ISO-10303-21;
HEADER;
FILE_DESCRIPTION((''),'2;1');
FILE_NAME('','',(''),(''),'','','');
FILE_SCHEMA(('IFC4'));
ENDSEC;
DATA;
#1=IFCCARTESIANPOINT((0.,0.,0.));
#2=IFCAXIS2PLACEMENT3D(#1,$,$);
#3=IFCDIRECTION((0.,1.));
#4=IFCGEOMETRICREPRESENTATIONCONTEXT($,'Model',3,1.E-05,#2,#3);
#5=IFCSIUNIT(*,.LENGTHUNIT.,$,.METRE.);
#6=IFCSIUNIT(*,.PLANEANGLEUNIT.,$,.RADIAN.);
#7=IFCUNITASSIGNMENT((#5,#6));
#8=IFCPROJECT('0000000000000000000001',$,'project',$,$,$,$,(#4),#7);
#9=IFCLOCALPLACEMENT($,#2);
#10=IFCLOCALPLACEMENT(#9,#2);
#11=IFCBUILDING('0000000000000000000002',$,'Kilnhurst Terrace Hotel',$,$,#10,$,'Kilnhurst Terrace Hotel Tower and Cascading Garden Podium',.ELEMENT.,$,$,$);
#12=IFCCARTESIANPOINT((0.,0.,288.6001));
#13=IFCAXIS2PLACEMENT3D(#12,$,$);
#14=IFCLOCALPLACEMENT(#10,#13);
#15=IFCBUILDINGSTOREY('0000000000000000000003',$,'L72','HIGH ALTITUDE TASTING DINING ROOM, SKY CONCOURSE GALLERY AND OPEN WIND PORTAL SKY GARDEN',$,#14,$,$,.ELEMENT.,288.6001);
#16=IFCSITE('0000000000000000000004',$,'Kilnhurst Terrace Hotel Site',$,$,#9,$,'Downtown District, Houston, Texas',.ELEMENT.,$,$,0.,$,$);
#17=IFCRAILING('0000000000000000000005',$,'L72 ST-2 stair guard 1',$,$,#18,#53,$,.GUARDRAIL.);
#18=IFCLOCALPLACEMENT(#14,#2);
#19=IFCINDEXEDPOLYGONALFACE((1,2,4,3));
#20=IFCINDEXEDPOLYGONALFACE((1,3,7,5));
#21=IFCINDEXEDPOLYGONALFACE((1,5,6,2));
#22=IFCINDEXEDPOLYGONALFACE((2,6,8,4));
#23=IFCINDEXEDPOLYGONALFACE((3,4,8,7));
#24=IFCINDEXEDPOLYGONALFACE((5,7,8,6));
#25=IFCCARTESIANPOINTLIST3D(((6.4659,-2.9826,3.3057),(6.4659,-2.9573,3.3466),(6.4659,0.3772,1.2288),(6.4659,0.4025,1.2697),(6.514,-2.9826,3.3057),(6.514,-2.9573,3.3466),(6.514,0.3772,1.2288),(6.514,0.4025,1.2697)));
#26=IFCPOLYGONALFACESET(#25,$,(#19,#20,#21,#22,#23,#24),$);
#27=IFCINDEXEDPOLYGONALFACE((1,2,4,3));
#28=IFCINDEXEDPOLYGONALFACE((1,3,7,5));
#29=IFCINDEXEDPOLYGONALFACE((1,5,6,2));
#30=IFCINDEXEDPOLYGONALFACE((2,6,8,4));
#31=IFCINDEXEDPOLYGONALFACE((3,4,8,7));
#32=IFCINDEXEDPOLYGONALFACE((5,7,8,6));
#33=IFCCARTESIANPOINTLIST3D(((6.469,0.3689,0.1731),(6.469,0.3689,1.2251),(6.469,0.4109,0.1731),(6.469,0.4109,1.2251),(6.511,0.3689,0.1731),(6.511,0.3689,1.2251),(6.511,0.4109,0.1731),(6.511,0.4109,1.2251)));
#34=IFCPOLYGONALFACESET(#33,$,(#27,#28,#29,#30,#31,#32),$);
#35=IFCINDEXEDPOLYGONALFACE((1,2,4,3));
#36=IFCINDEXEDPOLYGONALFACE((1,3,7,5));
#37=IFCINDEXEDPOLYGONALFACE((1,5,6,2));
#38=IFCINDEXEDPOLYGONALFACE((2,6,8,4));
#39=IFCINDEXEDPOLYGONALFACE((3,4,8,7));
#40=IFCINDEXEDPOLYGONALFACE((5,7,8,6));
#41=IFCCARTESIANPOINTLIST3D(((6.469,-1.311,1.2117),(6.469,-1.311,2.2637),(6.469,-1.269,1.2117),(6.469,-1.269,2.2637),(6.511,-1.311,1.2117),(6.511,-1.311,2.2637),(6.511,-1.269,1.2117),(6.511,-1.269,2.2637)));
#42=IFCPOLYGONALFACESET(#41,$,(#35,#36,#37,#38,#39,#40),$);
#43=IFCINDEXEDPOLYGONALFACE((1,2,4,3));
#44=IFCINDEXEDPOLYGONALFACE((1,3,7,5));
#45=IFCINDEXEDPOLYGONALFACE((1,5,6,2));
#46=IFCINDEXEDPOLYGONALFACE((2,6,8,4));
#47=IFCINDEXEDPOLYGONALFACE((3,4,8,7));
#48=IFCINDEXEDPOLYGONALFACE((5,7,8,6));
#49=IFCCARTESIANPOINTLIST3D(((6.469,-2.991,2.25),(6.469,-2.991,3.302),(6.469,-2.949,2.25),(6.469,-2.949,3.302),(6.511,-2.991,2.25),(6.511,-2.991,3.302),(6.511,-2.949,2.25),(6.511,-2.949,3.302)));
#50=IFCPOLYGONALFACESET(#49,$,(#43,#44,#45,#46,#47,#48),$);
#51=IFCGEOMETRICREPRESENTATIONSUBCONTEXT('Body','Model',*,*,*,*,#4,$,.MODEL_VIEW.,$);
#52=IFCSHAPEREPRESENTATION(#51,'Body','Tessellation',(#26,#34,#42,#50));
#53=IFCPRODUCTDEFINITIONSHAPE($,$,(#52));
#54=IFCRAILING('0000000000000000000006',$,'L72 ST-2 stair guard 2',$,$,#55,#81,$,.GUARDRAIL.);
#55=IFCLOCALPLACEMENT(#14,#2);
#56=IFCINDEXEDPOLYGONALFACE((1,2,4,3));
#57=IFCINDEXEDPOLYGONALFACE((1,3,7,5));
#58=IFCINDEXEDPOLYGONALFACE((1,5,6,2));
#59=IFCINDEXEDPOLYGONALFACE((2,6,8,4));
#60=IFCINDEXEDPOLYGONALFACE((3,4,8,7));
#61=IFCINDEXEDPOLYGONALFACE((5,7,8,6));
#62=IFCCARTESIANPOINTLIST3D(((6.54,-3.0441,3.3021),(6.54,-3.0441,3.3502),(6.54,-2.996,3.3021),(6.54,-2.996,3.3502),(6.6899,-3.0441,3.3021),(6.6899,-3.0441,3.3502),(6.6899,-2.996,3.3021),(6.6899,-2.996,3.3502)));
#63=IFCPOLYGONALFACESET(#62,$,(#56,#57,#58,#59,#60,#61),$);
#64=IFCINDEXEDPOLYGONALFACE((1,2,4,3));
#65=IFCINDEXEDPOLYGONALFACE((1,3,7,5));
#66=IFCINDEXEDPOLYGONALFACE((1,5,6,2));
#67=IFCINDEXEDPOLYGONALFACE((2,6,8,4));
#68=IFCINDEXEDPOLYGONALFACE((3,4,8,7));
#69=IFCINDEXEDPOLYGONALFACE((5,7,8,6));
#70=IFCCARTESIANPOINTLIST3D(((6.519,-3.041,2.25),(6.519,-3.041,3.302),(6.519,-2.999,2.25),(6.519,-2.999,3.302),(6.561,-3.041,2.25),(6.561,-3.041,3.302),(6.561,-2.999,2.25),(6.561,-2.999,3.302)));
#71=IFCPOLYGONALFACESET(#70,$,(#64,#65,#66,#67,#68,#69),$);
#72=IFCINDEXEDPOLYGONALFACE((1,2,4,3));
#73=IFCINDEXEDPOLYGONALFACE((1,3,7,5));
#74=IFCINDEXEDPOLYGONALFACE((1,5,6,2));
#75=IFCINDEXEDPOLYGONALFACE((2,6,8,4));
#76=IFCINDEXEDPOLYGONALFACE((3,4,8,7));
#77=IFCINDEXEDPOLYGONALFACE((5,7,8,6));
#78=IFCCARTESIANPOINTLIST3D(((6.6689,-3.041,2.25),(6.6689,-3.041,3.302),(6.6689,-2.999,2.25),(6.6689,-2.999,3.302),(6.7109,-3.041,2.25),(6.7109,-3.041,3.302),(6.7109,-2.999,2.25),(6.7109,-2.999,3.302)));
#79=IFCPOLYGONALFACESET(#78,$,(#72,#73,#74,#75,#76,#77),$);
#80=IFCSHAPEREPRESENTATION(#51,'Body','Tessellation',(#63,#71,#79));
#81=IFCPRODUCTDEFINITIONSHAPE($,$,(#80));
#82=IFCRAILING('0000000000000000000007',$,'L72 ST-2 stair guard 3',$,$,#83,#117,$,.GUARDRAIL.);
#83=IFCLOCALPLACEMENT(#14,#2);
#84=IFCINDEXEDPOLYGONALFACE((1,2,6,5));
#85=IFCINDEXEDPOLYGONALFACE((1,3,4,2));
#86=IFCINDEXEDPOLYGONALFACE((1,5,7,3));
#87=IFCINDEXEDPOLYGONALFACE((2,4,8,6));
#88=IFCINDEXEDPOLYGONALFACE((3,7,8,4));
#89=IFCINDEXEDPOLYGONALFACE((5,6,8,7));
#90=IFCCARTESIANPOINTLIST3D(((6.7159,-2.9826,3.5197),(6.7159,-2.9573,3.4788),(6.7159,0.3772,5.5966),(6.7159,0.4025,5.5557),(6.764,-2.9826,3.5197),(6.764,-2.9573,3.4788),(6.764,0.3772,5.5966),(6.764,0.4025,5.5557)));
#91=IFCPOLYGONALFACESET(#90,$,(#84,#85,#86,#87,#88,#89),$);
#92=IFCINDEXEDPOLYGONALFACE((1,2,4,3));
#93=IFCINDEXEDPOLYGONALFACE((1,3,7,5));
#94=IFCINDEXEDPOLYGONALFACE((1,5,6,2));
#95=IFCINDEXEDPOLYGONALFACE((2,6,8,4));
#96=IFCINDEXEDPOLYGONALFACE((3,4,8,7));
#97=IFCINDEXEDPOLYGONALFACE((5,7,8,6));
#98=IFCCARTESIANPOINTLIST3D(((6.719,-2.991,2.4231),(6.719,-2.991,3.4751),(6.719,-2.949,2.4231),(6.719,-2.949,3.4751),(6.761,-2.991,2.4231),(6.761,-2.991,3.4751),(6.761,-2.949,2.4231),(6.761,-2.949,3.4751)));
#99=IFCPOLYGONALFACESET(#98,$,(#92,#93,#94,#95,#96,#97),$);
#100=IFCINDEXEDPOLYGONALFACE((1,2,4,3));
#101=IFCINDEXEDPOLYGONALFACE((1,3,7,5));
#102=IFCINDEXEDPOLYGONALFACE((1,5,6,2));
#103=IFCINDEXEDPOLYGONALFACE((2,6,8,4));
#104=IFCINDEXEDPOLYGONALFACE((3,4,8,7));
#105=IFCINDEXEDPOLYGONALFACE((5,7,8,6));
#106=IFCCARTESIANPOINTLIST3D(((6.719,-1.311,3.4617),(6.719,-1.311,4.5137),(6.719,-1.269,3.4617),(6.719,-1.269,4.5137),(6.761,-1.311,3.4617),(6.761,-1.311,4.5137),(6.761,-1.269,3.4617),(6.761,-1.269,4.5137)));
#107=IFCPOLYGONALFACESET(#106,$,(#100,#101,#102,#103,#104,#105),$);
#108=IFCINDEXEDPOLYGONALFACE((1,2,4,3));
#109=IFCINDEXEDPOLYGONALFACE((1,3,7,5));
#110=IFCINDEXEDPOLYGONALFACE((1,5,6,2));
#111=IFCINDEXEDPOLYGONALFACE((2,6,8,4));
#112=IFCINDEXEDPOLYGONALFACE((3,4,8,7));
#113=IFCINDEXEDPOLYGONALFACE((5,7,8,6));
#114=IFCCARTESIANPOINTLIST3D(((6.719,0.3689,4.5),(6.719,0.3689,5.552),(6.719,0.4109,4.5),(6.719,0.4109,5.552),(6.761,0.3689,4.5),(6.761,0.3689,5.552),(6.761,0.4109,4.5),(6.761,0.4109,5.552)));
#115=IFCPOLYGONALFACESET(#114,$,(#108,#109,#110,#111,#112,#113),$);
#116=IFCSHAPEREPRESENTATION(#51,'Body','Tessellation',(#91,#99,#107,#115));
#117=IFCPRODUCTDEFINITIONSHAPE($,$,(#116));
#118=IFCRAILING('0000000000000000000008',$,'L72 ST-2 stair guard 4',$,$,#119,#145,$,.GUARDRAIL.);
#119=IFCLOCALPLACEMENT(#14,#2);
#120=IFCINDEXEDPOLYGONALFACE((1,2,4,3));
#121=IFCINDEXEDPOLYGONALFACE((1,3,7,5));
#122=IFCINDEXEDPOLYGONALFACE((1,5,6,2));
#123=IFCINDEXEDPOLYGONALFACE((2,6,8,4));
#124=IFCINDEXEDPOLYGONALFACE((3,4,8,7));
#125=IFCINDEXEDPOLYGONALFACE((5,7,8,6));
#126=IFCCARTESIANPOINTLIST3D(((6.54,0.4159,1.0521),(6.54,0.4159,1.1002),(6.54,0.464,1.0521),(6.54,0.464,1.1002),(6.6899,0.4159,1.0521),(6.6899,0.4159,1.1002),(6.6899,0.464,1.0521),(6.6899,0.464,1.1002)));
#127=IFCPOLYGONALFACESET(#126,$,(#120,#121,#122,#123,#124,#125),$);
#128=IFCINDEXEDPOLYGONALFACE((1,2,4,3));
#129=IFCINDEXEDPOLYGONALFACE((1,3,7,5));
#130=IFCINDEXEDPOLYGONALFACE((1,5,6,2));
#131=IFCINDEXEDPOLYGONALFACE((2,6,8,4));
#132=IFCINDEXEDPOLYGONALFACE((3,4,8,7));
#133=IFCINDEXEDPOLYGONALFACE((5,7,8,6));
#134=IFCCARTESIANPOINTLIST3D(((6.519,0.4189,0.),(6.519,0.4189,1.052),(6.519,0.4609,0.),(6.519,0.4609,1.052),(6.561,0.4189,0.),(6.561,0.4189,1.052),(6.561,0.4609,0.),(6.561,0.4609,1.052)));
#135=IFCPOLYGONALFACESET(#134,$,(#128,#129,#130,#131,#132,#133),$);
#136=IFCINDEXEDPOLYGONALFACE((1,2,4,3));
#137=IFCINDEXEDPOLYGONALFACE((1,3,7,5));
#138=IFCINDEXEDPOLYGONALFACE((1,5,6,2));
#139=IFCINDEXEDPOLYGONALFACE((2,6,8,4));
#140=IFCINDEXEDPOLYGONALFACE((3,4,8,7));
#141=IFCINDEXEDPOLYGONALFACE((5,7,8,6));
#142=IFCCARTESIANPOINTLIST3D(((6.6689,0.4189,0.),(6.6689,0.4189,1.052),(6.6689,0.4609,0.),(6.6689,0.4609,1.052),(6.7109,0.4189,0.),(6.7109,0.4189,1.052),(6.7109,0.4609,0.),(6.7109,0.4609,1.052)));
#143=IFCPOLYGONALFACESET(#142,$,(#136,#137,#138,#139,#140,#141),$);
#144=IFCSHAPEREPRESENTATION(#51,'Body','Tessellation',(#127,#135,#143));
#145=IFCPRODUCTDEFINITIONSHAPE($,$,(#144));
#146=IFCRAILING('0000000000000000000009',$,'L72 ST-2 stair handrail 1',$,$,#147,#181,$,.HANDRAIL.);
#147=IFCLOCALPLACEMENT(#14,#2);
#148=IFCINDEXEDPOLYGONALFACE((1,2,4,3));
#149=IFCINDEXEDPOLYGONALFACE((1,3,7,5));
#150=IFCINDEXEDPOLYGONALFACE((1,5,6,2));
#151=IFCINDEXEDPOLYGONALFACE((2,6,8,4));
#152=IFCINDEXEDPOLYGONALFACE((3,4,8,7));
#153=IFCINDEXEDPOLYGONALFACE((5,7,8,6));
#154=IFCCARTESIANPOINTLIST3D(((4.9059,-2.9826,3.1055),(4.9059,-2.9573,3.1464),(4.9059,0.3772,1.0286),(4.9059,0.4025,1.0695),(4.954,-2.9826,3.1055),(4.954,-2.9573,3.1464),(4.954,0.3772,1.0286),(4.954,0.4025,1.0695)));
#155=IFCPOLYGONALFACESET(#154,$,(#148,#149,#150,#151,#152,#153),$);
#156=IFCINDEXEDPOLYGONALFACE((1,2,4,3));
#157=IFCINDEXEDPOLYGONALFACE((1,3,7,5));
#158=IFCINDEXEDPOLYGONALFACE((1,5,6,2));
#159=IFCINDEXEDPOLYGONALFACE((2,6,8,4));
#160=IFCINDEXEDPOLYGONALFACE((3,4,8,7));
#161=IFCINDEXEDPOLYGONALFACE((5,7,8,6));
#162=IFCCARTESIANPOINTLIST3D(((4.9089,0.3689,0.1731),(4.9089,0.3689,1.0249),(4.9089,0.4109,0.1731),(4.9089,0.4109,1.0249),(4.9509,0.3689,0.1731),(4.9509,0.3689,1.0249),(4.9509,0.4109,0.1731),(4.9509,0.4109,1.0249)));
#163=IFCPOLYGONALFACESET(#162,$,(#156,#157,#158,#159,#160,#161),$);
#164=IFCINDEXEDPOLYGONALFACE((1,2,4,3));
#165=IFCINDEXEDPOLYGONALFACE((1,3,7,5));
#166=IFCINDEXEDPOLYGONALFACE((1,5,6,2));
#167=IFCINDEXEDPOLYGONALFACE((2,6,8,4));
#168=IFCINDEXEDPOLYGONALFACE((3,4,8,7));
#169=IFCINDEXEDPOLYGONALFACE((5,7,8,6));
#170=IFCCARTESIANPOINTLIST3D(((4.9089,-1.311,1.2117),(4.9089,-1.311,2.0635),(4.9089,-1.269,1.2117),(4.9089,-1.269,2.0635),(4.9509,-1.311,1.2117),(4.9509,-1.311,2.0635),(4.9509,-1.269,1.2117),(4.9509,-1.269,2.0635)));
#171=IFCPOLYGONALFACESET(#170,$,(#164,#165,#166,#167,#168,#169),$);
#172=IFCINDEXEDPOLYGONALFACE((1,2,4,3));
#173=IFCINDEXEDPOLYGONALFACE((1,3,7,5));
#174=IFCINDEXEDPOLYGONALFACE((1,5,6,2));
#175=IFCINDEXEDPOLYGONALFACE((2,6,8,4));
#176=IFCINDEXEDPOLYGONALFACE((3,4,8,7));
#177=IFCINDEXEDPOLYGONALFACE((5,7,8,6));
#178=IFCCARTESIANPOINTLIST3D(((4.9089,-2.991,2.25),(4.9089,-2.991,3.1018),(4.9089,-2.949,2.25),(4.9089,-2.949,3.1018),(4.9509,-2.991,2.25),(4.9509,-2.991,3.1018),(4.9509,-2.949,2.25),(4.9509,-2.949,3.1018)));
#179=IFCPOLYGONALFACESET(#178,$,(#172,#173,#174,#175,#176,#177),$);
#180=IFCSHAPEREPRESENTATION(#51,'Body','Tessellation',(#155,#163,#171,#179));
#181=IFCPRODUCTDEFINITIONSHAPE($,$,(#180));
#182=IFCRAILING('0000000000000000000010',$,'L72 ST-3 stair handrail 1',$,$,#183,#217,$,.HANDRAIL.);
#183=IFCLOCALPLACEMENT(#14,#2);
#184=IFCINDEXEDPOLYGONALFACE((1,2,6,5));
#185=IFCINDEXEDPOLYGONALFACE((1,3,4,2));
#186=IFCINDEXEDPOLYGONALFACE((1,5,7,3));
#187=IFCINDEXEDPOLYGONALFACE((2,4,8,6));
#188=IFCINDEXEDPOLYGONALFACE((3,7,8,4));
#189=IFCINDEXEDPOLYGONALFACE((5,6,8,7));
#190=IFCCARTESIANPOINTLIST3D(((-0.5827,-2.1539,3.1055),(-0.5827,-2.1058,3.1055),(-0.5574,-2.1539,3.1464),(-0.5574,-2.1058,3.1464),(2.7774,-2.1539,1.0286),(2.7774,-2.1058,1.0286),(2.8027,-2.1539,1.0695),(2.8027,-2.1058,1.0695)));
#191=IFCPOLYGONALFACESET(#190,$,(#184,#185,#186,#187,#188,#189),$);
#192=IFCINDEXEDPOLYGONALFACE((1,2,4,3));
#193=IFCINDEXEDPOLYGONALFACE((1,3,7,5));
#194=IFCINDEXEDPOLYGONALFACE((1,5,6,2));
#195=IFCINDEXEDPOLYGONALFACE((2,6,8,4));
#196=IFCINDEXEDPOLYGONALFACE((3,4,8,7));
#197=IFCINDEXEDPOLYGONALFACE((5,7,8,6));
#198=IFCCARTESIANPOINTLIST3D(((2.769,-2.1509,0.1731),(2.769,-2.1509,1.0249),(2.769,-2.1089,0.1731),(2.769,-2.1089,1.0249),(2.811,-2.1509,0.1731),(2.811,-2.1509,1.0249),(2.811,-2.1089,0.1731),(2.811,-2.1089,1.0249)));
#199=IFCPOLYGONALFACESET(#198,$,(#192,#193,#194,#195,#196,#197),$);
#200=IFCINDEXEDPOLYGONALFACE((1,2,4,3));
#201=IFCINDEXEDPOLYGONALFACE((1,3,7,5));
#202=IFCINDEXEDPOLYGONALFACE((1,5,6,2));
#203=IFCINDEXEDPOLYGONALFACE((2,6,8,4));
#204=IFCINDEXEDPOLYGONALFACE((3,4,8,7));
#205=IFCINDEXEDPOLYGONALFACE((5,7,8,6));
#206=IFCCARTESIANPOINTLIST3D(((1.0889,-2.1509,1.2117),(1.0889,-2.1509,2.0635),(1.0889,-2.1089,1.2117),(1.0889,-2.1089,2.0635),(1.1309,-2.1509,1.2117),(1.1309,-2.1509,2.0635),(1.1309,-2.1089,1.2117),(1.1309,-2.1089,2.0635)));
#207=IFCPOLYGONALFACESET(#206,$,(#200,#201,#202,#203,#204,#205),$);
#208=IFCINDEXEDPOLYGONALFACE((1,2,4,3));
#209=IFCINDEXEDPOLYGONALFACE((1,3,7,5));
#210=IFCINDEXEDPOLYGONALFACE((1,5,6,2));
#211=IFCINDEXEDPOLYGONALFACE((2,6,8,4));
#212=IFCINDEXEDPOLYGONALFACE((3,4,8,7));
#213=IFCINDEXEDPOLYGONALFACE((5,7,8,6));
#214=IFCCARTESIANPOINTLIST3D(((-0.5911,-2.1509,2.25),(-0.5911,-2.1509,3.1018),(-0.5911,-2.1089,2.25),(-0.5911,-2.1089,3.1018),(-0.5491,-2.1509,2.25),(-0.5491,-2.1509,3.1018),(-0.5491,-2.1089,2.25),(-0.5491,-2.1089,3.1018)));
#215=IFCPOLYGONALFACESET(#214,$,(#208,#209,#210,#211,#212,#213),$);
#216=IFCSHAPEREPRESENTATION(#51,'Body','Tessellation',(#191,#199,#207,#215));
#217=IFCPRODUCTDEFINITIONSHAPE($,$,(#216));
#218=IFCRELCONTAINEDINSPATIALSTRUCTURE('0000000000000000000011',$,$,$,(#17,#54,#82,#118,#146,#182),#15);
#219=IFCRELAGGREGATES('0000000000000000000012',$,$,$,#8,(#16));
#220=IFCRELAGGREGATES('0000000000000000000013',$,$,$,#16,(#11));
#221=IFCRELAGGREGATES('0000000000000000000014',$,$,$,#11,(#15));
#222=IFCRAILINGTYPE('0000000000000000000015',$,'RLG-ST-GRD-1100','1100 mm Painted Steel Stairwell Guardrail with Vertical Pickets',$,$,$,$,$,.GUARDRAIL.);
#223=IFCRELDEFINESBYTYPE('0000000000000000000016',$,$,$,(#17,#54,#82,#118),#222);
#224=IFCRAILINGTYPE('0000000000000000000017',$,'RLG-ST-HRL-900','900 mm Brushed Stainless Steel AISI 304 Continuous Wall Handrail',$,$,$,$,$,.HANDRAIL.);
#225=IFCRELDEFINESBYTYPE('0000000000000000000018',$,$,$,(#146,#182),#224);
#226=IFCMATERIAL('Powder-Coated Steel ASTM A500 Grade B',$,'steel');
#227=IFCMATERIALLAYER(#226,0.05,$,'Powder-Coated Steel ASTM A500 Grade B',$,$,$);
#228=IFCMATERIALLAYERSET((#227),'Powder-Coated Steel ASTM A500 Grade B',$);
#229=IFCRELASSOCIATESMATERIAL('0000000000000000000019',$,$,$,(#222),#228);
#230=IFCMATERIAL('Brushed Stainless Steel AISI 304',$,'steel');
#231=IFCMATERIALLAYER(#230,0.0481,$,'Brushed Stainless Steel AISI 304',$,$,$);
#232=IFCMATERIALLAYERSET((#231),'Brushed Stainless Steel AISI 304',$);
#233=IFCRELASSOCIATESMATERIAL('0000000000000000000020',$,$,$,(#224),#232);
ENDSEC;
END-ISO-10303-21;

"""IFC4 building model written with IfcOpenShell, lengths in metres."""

from ifc_helpers import new_model, si_unit, direction, frame, origin, origin_2d, place, context, subcontext, project, spatial, rectangle, extrude, material, layer, layer_set, type_object, element, save


model = new_model("IFC4")

# Units and contexts
model_context = context("Model", 3, precision=1e-05, world=origin(), true_north=direction((0.0, 1.0)))
body_context = subcontext(model_context, "Body", "Model", "MODEL_VIEW")
ifc_project = project(units=[si_unit("LENGTHUNIT", "METRE"), si_unit("PLANEANGLEUNIT", "RADIAN")], contexts=[model_context])

# Site, building, storey
site_placement = place(None, origin())
site = spatial("IfcSite", under=ifc_project, at=site_placement, Name="Kilnhurst Terrace Hotel Site", LongName="Downtown District, Houston, Texas", CompositionType="ELEMENT", RefElevation=0.0)
building_placement = place(site_placement, origin())
building = spatial("IfcBuilding", under=site, at=building_placement, Name="Kilnhurst Terrace Hotel", LongName="Kilnhurst Terrace Hotel Tower and Cascading Garden Podium", CompositionType="ELEMENT")
storey_placement = place(building_placement, frame((0.0, 0.0, 288.6001)))
storey = spatial("IfcBuildingStorey", under=building, at=storey_placement, Name="L72", Description="HIGH ALTITUDE TASTING DINING ROOM, SKY CONCOURSE GALLERY AND OPEN WIND PORTAL SKY GARDEN", CompositionType="ELEMENT", Elevation=288.6001)

# Railings
ifc_material_1 = material(Name="Powder-Coated Steel ASTM A500 Grade B", Category="steel")
ifc_layer_1 = layer(ifc_material_1, 0.05, Name="Powder-Coated Steel ASTM A500 Grade B")
ifc_layer_set_1 = layer_set([ifc_layer_1], Name="Powder-Coated Steel ASTM A500 Grade B")
railing_type_1 = type_object("IfcRailingType", Name="RLG-ST-GRD-1100", Description="1100 mm Painted Steel Stairwell Guardrail with Vertical Pickets", PredefinedType="GUARDRAIL", material=ifc_layer_set_1)
railing_1_placement = place(storey_placement, frame((6.49, 0.3899, 0.1731)))
element("IfcRailing", 1, at=railing_1_placement, inside=storey, type_object=railing_type_1, Name="L72 ST-2 stair guard 1", PredefinedType="GUARDRAIL", context=body_context, shape_type="SweptSolid", body=[
    extrude(rectangle(XDim=0.0481, YDim=0.0481, at=origin_2d()), frame((0.0, 0.0, 1.0762), z_axis=(0.0, -0.850606, 0.525803), x_axis=(1.0, 0.0, 0.0)), (0.0, 0.0, 1.0), 3.95),
    extrude(rectangle(XDim=0.042, YDim=0.042, at=origin_2d()), origin(), (0.0, 0.0, 1.0), 1.052),
    extrude(rectangle(XDim=0.042, YDim=0.042, at=origin_2d()), frame((0.0, -1.6799, 1.0386)), (0.0, 0.0, 1.0), 1.052),
    extrude(rectangle(XDim=0.042, YDim=0.042, at=origin_2d()), frame((0.0, -3.3599, 2.0769)), (0.0, 0.0, 1.0), 1.052),
])
railing_2_placement = place(storey_placement, frame((6.54, -3.02, 2.25)))
element("IfcRailing", 2, at=railing_2_placement, inside=storey, type_object=railing_type_1, Name="L72 ST-2 stair guard 2", PredefinedType="GUARDRAIL", context=body_context, shape_type="SweptSolid", body=[
    extrude(rectangle(XDim=0.0481, YDim=0.0481, at=origin_2d()), frame((0.0, 0.0, 1.0762), z_axis=(1.0, 0.0, 0.0), x_axis=(0.0, 1.0, 0.0)), (0.0, 0.0, 1.0), 0.1499),
    extrude(rectangle(XDim=0.042, YDim=0.042, at=origin_2d()), origin(), (0.0, 0.0, 1.0), 1.052),
    extrude(rectangle(XDim=0.042, YDim=0.042, at=origin_2d()), frame((0.1499, 0.0, 0.0)), (0.0, 0.0, 1.0), 1.052),
])
railing_3_placement = place(storey_placement, frame((6.74, -2.97, 2.4231)))
element("IfcRailing", 3, at=railing_3_placement, inside=storey, type_object=railing_type_1, Name="L72 ST-2 stair guard 3", PredefinedType="GUARDRAIL", context=body_context, shape_type="SweptSolid", body=[
    extrude(rectangle(XDim=0.0481, YDim=0.0481, at=origin_2d()), frame((0.0, 0.0, 1.0762), z_axis=(0.0, 0.850606, 0.525803), x_axis=(-1.0, 0.0, 0.0)), (0.0, 0.0, 1.0), 3.95),
    extrude(rectangle(XDim=0.042, YDim=0.042, at=origin_2d()), origin(), (0.0, 0.0, 1.0), 1.052),
    extrude(rectangle(XDim=0.042, YDim=0.042, at=origin_2d()), frame((0.0, 1.6799, 1.0386)), (0.0, 0.0, 1.0), 1.052),
    extrude(rectangle(XDim=0.042, YDim=0.042, at=origin_2d()), frame((0.0, 3.3599, 2.0769)), (0.0, 0.0, 1.0), 1.052),
])
railing_4_placement = place(storey_placement, frame((6.54, 0.4399, 0.0)))
element("IfcRailing", 4, at=railing_4_placement, inside=storey, type_object=railing_type_1, Name="L72 ST-2 stair guard 4", PredefinedType="GUARDRAIL", context=body_context, shape_type="SweptSolid", body=[
    extrude(rectangle(XDim=0.0481, YDim=0.0481, at=origin_2d()), frame((0.0, 0.0, 1.0762), z_axis=(1.0, 0.0, 0.0), x_axis=(0.0, 1.0, 0.0)), (0.0, 0.0, 1.0), 0.1499),
    extrude(rectangle(XDim=0.042, YDim=0.042, at=origin_2d()), origin(), (0.0, 0.0, 1.0), 1.052),
    extrude(rectangle(XDim=0.042, YDim=0.042, at=origin_2d()), frame((0.1499, 0.0, 0.0)), (0.0, 0.0, 1.0), 1.052),
])
ifc_material_2 = material(Name="Brushed Stainless Steel AISI 304", Category="steel")
ifc_layer_2 = layer(ifc_material_2, 0.0481, Name="Brushed Stainless Steel AISI 304")
ifc_layer_set_2 = layer_set([ifc_layer_2], Name="Brushed Stainless Steel AISI 304")
railing_type_2 = type_object("IfcRailingType", Name="RLG-ST-HRL-900", Description="900 mm Brushed Stainless Steel AISI 304 Continuous Wall Handrail", PredefinedType="HANDRAIL", material=ifc_layer_set_2)
railing_5_placement = place(storey_placement, frame((4.9299, 0.3899, 0.1731)))
element("IfcRailing", 5, at=railing_5_placement, inside=storey, type_object=railing_type_2, Name="L72 ST-2 stair handrail 1", PredefinedType="HANDRAIL", context=body_context, shape_type="SweptSolid", body=[
    extrude(rectangle(XDim=0.0481, YDim=0.0481, at=origin_2d()), frame((0.0, 0.0, 0.876), z_axis=(0.0, -0.850606, 0.525803), x_axis=(1.0, 0.0, 0.0)), (0.0, 0.0, 1.0), 3.95),
    extrude(rectangle(XDim=0.042, YDim=0.042, at=origin_2d()), origin(), (0.0, 0.0, 1.0), 0.8518),
    extrude(rectangle(XDim=0.042, YDim=0.042, at=origin_2d()), frame((0.0, -1.6799, 1.0386)), (0.0, 0.0, 1.0), 0.8518),
    extrude(rectangle(XDim=0.042, YDim=0.042, at=origin_2d()), frame((0.0, -3.3599, 2.0769)), (0.0, 0.0, 1.0), 0.8518),
])
railing_6_placement = place(storey_placement, frame((2.79, -2.1299, 0.1731)))
element("IfcRailing", 6, at=railing_6_placement, inside=storey, type_object=railing_type_2, Name="L72 ST-3 stair handrail 1", PredefinedType="HANDRAIL", context=body_context, shape_type="SweptSolid", body=[
    extrude(rectangle(XDim=0.0481, YDim=0.0481, at=origin_2d()), frame((0.0, 0.0, 0.876), z_axis=(-0.850623, 0.0, 0.525776), x_axis=(0.0, -1.0, 0.0)), (0.0, 0.0, 1.0), 3.9502),
    extrude(rectangle(XDim=0.042, YDim=0.042, at=origin_2d()), origin(), (0.0, 0.0, 1.0), 0.8518),
    extrude(rectangle(XDim=0.042, YDim=0.042, at=origin_2d()), frame((-1.6802, 0.0, 1.0386)), (0.0, 0.0, 1.0), 0.8518),
    extrude(rectangle(XDim=0.042, YDim=0.042, at=origin_2d()), frame((-3.3601, 0.0, 2.0769)), (0.0, 0.0, 1.0), 0.8518),
])

save(model, "model.ifc")
